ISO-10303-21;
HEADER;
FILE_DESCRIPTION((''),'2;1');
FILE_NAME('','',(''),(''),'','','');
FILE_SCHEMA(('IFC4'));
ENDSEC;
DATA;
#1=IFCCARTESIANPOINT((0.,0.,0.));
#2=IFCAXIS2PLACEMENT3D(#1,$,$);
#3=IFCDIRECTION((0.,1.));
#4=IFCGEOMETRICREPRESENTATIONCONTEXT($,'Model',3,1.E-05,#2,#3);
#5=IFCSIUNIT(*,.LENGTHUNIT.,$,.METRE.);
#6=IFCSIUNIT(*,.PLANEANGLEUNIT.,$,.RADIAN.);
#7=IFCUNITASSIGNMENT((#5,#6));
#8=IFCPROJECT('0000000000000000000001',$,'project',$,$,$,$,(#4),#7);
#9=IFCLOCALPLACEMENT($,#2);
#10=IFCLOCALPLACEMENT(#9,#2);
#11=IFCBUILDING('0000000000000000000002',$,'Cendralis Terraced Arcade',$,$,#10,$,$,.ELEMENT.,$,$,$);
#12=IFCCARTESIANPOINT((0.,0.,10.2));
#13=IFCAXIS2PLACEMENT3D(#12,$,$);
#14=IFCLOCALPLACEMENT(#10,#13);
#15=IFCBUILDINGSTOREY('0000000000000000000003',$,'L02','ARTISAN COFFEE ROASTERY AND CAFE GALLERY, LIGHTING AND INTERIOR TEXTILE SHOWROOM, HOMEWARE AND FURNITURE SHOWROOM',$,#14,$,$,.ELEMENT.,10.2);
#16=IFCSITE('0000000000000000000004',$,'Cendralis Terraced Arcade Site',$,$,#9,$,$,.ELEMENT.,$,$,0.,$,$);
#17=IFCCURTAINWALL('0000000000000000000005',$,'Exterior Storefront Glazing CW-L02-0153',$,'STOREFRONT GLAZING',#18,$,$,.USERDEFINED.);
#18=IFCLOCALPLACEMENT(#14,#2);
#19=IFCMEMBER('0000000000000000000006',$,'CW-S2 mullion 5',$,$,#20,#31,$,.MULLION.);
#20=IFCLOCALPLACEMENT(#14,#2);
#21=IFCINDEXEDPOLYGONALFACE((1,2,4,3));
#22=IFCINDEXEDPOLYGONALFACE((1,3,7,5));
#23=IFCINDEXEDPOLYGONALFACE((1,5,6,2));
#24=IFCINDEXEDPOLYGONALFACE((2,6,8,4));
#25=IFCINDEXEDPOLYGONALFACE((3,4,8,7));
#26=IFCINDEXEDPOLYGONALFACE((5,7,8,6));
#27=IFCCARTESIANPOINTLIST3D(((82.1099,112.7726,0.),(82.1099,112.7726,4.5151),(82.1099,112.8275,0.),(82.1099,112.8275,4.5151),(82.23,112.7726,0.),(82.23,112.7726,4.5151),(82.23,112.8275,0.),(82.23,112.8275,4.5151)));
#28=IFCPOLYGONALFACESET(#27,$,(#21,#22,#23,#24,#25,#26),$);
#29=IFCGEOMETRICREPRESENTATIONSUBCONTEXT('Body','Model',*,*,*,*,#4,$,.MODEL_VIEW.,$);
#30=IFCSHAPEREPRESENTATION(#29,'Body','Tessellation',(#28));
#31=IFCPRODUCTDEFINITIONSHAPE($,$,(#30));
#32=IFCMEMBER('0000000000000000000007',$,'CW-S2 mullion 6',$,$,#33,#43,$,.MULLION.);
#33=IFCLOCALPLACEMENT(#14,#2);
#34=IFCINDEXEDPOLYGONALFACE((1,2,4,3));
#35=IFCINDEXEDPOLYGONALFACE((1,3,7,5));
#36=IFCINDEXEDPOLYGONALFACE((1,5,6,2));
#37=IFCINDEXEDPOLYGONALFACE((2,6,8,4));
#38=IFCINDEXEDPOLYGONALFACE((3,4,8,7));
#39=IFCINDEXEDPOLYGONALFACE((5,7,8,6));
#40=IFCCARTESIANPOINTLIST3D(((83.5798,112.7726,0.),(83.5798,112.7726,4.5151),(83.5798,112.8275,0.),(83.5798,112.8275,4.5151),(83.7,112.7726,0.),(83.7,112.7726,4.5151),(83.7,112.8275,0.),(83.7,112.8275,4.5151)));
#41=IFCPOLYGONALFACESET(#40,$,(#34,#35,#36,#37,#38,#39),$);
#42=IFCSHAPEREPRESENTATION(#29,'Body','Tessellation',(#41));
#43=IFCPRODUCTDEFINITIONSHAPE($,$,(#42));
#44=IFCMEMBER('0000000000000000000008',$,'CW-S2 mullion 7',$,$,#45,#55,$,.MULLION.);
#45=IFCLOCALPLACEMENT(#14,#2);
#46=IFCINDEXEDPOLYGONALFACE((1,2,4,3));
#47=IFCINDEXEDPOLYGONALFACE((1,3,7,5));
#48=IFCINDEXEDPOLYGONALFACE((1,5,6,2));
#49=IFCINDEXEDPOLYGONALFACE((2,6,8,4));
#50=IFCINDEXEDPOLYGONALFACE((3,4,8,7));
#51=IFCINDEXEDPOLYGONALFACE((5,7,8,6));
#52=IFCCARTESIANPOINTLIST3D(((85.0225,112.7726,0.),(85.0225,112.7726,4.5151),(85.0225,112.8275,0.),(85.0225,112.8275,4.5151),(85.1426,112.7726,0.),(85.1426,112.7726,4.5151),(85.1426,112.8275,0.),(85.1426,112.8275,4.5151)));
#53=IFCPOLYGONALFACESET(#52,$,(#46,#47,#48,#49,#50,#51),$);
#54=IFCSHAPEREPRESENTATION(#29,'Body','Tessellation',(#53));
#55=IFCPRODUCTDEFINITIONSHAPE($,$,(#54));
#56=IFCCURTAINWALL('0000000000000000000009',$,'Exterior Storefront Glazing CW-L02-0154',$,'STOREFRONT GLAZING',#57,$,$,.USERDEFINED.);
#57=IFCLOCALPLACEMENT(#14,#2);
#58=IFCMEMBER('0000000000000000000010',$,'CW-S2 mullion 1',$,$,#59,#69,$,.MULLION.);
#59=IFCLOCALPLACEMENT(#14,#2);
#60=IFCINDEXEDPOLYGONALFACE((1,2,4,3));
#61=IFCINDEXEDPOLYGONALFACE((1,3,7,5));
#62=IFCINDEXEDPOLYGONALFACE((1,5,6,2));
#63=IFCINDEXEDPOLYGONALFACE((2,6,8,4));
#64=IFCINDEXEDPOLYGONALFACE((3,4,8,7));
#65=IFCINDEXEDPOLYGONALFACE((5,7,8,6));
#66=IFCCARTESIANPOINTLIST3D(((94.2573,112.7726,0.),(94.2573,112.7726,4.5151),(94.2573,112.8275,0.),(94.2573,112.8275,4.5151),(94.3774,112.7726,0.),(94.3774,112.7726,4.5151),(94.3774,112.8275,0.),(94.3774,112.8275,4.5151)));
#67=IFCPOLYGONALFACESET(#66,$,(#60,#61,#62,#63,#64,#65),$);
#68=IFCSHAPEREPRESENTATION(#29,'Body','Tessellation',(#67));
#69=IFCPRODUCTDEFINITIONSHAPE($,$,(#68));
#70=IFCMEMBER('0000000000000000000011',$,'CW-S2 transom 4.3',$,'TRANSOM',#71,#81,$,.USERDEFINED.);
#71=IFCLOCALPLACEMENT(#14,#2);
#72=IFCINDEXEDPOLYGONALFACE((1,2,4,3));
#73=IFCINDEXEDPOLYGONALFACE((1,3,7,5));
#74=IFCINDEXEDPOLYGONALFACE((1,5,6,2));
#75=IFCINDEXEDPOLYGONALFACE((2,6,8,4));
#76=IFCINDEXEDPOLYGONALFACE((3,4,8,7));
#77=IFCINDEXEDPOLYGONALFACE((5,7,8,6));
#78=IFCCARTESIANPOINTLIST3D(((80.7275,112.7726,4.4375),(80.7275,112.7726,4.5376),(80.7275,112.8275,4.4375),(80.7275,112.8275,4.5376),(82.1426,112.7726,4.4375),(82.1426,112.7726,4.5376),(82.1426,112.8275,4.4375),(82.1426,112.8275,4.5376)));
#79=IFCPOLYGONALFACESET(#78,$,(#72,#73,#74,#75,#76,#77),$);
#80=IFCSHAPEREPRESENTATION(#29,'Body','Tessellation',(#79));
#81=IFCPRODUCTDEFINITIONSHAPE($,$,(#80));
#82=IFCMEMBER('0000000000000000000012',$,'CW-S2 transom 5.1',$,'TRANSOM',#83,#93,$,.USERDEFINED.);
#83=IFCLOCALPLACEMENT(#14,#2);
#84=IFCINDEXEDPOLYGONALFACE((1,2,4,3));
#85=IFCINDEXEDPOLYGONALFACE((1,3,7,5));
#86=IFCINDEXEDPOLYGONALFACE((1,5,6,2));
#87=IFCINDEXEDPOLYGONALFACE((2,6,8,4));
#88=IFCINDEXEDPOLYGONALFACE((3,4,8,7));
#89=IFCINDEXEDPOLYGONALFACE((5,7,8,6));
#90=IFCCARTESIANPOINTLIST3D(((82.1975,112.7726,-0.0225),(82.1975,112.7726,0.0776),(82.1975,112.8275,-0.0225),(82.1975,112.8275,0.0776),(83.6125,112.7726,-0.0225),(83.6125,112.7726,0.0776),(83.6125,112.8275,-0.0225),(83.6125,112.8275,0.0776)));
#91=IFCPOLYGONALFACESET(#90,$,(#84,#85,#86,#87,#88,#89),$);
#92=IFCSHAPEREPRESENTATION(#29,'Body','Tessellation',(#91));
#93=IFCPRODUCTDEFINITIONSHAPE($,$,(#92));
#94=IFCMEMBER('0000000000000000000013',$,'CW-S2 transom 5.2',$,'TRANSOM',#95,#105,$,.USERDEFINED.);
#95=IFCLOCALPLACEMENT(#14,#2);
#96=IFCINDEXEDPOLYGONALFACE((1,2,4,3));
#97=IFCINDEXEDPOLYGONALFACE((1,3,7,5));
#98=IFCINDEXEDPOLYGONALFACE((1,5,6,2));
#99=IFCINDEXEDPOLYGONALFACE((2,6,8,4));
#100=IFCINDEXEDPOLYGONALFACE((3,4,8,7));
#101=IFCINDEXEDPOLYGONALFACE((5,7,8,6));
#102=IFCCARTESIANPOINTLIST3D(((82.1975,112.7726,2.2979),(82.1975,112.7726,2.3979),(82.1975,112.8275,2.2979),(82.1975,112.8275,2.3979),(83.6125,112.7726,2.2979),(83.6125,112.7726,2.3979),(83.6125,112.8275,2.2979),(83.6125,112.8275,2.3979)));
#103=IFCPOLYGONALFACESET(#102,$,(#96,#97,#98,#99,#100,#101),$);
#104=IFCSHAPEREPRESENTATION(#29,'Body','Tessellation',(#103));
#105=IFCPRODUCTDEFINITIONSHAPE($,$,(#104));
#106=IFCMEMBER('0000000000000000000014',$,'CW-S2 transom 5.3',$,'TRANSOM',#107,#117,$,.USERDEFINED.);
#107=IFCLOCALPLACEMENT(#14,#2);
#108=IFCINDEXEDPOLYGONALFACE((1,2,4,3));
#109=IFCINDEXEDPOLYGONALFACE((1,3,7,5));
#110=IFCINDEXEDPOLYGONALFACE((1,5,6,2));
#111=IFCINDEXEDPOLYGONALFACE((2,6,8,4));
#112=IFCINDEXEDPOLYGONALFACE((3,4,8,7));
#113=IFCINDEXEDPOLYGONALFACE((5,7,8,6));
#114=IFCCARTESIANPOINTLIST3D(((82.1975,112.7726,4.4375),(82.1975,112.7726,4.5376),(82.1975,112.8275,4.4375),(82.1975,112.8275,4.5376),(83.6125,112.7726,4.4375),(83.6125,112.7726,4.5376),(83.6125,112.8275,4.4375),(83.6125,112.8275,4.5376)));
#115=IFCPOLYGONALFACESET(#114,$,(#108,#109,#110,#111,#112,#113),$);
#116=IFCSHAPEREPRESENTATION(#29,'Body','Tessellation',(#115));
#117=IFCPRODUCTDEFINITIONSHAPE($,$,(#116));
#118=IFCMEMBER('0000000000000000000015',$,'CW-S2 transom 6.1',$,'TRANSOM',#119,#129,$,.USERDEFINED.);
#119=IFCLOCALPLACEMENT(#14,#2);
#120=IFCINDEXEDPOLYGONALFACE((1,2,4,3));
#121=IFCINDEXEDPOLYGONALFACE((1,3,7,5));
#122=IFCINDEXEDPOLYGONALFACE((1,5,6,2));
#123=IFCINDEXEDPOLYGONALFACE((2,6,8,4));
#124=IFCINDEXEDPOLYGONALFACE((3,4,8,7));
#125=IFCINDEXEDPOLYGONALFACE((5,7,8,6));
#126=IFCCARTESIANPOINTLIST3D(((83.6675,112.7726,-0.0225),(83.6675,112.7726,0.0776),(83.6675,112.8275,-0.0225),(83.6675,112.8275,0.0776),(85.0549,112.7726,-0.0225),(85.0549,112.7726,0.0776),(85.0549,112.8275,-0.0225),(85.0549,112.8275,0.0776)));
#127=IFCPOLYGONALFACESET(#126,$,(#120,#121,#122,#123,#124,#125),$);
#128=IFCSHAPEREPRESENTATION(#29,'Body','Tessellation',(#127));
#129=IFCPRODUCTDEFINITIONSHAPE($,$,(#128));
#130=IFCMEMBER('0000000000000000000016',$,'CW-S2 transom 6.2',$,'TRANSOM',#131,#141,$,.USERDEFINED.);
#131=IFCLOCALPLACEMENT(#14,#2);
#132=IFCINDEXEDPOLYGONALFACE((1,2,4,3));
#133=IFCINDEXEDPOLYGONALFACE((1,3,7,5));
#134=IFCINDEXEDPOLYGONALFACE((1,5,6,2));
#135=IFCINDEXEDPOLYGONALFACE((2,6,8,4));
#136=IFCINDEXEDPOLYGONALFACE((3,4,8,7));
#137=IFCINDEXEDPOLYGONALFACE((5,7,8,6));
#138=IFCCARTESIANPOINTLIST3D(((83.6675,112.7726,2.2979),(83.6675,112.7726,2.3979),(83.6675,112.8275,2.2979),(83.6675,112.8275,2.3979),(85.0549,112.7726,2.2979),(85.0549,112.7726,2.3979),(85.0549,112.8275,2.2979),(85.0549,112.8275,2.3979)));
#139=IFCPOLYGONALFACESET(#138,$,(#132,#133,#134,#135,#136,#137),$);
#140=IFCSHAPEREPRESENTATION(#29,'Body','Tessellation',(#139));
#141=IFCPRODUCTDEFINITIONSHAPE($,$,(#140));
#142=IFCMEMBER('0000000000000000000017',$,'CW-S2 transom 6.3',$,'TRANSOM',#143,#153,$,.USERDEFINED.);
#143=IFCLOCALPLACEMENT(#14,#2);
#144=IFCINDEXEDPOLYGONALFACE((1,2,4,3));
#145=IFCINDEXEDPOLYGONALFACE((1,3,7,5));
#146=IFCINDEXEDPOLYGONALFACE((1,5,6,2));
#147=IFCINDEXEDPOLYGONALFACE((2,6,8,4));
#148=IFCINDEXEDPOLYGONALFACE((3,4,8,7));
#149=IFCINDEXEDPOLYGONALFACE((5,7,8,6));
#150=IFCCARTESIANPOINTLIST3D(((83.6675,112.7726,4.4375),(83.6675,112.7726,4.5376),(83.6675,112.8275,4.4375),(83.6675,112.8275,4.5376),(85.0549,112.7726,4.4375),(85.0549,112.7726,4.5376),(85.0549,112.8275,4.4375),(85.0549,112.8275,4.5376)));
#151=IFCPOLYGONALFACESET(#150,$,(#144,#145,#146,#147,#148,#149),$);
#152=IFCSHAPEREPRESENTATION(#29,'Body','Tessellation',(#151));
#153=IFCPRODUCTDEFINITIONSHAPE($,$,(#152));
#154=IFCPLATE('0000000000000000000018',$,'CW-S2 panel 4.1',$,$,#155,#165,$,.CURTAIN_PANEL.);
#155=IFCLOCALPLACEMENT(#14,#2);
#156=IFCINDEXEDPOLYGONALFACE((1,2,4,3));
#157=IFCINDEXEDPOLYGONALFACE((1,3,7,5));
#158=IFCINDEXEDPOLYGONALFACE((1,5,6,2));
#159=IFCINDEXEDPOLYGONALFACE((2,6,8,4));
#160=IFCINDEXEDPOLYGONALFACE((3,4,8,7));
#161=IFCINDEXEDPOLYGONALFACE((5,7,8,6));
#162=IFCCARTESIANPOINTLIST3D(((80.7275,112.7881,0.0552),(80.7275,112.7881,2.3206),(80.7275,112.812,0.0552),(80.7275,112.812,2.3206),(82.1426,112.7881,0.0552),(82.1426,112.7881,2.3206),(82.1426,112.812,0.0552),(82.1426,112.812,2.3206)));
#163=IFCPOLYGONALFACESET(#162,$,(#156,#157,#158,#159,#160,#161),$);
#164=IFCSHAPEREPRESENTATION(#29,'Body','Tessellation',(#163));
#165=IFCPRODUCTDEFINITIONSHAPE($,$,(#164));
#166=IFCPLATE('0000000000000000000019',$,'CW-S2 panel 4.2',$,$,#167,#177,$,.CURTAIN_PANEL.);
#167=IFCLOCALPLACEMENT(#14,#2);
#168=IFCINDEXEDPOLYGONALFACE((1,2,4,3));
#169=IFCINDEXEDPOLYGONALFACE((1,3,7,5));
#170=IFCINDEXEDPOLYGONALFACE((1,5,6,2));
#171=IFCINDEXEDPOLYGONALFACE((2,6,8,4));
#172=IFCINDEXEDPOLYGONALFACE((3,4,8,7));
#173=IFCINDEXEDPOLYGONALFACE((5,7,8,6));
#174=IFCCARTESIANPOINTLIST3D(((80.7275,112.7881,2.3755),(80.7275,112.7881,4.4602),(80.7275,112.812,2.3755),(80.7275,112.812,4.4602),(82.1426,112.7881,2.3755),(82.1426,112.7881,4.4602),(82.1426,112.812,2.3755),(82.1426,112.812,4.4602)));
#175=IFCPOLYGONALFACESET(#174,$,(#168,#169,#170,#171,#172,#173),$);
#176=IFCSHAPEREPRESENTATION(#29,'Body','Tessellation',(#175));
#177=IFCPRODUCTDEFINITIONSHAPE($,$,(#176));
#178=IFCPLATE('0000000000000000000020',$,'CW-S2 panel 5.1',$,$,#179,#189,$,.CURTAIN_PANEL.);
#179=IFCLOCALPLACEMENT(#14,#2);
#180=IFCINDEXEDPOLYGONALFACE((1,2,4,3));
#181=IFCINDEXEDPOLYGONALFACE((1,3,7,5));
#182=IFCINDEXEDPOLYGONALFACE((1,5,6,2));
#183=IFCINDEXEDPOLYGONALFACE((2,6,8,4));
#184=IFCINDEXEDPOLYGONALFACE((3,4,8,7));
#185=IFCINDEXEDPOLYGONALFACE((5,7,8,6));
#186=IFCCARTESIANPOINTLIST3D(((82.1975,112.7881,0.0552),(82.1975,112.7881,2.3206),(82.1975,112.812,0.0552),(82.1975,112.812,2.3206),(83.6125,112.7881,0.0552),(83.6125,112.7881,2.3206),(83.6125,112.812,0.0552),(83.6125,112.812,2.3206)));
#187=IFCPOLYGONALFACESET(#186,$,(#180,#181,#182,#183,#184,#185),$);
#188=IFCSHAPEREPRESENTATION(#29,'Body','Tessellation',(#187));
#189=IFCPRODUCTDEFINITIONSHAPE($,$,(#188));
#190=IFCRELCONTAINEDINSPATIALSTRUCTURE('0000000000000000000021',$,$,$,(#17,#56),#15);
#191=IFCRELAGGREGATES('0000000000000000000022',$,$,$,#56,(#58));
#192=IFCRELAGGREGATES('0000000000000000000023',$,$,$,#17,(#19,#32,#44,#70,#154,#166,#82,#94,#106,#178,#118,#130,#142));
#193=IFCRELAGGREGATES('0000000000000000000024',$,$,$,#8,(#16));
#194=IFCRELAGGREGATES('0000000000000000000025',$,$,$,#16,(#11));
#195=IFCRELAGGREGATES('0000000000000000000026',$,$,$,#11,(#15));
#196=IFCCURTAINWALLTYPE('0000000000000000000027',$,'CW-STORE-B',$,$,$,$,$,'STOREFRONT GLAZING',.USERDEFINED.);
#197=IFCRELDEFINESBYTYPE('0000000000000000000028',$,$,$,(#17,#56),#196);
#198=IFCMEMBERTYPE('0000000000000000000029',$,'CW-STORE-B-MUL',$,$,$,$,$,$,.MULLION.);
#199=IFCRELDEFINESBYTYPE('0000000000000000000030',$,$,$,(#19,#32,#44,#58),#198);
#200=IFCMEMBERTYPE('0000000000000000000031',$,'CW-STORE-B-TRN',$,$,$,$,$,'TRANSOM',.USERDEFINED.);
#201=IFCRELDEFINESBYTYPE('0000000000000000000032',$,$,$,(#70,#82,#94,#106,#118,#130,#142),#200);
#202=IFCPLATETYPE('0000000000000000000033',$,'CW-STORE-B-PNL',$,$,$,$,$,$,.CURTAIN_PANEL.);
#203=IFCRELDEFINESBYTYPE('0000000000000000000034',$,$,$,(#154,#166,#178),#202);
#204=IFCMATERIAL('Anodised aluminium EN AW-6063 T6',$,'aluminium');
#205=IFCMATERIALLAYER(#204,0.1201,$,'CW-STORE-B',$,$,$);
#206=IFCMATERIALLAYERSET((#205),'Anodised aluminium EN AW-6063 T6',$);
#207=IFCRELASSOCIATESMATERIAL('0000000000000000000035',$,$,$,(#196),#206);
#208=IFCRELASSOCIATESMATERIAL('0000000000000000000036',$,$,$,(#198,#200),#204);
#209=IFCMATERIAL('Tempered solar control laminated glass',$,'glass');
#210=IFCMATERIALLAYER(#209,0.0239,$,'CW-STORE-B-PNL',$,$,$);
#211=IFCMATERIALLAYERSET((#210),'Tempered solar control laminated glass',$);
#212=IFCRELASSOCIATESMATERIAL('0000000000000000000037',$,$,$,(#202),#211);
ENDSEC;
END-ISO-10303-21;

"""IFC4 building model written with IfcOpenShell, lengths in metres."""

from ifc_helpers import new_model, si_unit, direction, frame, origin, origin_2d, place, context, subcontext, project, spatial, rectangle, extrude, material, layer, layer_set, material_profile, profile_set, type_object, element, aggregate, save


model = new_model("IFC4")

# Units and contexts
model_context = context("Model", 3, precision=1e-05, world=origin(), true_north=direction((0.0, 1.0)))
body_context = subcontext(model_context, "Body", "Model", "MODEL_VIEW")
ifc_project = project(units=[si_unit("LENGTHUNIT", "METRE"), si_unit("PLANEANGLEUNIT", "RADIAN")], contexts=[model_context])

# Site, building, storey
site_placement = place(None, origin())
site = spatial("IfcSite", under=ifc_project, at=site_placement, Name="Cendralis Terraced Arcade Site", CompositionType="ELEMENT", RefElevation=0.0)
building_placement = place(site_placement, origin())
building = spatial("IfcBuilding", under=site, at=building_placement, Name="Cendralis Terraced Arcade", CompositionType="ELEMENT")
storey_placement = place(building_placement, frame((0.0, 0.0, 10.2)))
storey = spatial("IfcBuildingStorey", under=building, at=storey_placement, Name="L02", Description="ARTISAN COFFEE ROASTERY AND CAFE GALLERY, LIGHTING AND INTERIOR TEXTILE SHOWROOM, HOMEWARE AND FURNITURE SHOWROOM", CompositionType="ELEMENT", Elevation=10.2)

# Curtain wall, members
ifc_material_1 = material(Name="Anodised aluminium EN AW-6063 T6", Category="aluminium")
ifc_layer_1 = layer(ifc_material_1, 0.1201, Name="CW-STORE-B")
ifc_layer_set_1 = layer_set([ifc_layer_1], Name="Anodised aluminium EN AW-6063 T6")
curtain_wall_type = type_object("IfcCurtainWallType", Name="CW-STORE-B", ElementType="STOREFRONT GLAZING", PredefinedType="USERDEFINED", material=ifc_layer_set_1)
curtain_wall_1_placement = place(storey_placement, origin())
curtain_wall_1 = element("IfcCurtainWall", 1, at=curtain_wall_1_placement, inside=storey, type_object=curtain_wall_type, Name="Exterior Storefront Glazing CW-L02-0153", ObjectType="STOREFRONT GLAZING", PredefinedType="USERDEFINED")
ifc_material_profile_1 = material_profile(ifc_material_1, rectangle(XDim=0.0549, YDim=0.1201, at=origin_2d()), Name="ALU-MUL-55x120")
ifc_profile_set_1 = profile_set([ifc_material_profile_1], Name="Anodised aluminium EN AW-6063 T6")
member_type_1 = type_object("IfcMemberType", Name="CW-STORE-B-MUL", PredefinedType="MULLION", material=ifc_profile_set_1)
member_1_placement = place(storey_placement, frame((82.1699, 112.8, 0.0), z_axis=(0.0, 0.0, 1.0), x_axis=(0.0, 1.0, 0.0)))
member_1 = element("IfcMember", 2, at=member_1_placement, type_object=member_type_1, Name="CW-S2 mullion 5", PredefinedType="MULLION", context=body_context, shape_type="SweptSolid", body=[
    extrude(rectangle(XDim=0.0549, YDim=0.1201, at=origin_2d()), origin(), (0.0, 0.0, 1.0), 4.5151),
])
member_2_placement = place(storey_placement, frame((83.6399, 112.8, 0.0), z_axis=(0.0, 0.0, 1.0), x_axis=(0.0, 1.0, 0.0)))
member_2 = element("IfcMember", 3, at=member_2_placement, type_object=member_type_1, Name="CW-S2 mullion 6", PredefinedType="MULLION", context=body_context, shape_type="SweptSolid", body=[
    extrude(rectangle(XDim=0.0549, YDim=0.1201, at=origin_2d()), origin(), (0.0, 0.0, 1.0), 4.5151),
])
member_3_placement = place(storey_placement, frame((85.0825, 112.8, 0.0), z_axis=(0.0, 0.0, 1.0), x_axis=(0.0, 1.0, 0.0)))
member_3 = element("IfcMember", 4, at=member_3_placement, type_object=member_type_1, Name="CW-S2 mullion 7", PredefinedType="MULLION", context=body_context, shape_type="SweptSolid", body=[
    extrude(rectangle(XDim=0.0549, YDim=0.1201, at=origin_2d()), origin(), (0.0, 0.0, 1.0), 4.5151),
])

# Curtain wall, member
curtain_wall_2_placement = place(storey_placement, origin())
curtain_wall_2 = element("IfcCurtainWall", 5, at=curtain_wall_2_placement, inside=storey, type_object=curtain_wall_type, Name="Exterior Storefront Glazing CW-L02-0154", ObjectType="STOREFRONT GLAZING", PredefinedType="USERDEFINED")
member_4_placement = place(storey_placement, frame((94.3174, 112.8, 0.0), z_axis=(0.0, 0.0, 1.0), x_axis=(0.0, 1.0, 0.0)))
member_4 = element("IfcMember", 6, at=member_4_placement, type_object=member_type_1, Name="CW-S2 mullion 1", PredefinedType="MULLION", context=body_context, shape_type="SweptSolid", body=[
    extrude(rectangle(XDim=0.0549, YDim=0.1201, at=origin_2d()), origin(), (0.0, 0.0, 1.0), 4.5151),
])
aggregate(curtain_wall_2, [member_4])

# Members
ifc_material_profile_2 = material_profile(ifc_material_1, rectangle(XDim=0.0549, YDim=0.1001, at=origin_2d()), Name="ALU-TRN-55x100")
ifc_profile_set_2 = profile_set([ifc_material_profile_2], Name="Anodised aluminium EN AW-6063 T6")
member_type_2 = type_object("IfcMemberType", Name="CW-STORE-B-TRN", ElementType="TRANSOM", PredefinedType="USERDEFINED", material=ifc_profile_set_2)
member_5_placement = place(storey_placement, frame((80.7275, 112.8, 4.4875), z_axis=(1.0, 0.0, 0.0), x_axis=(0.0, 1.0, 0.0)))
member_5 = element("IfcMember", 7, at=member_5_placement, type_object=member_type_2, Name="CW-S2 transom 4.3", ObjectType="TRANSOM", PredefinedType="USERDEFINED", context=body_context, shape_type="SweptSolid", body=[
    extrude(rectangle(XDim=0.0549, YDim=0.1001, at=origin_2d()), origin(), (0.0, 0.0, 1.0), 1.415),
])
member_6_placement = place(storey_placement, frame((82.1975, 112.8, 0.0276), z_axis=(1.0, 0.0, 0.0), x_axis=(0.0, 1.0, 0.0)))
member_6 = element("IfcMember", 8, at=member_6_placement, type_object=member_type_2, Name="CW-S2 transom 5.1", ObjectType="TRANSOM", PredefinedType="USERDEFINED", context=body_context, shape_type="SweptSolid", body=[
    extrude(rectangle(XDim=0.0549, YDim=0.1001, at=origin_2d()), origin(), (0.0, 0.0, 1.0), 1.415),
])
member_7_placement = place(storey_placement, frame((82.1975, 112.8, 2.3479), z_axis=(1.0, 0.0, 0.0), x_axis=(0.0, 1.0, 0.0)))
member_7 = element("IfcMember", 9, at=member_7_placement, type_object=member_type_2, Name="CW-S2 transom 5.2", ObjectType="TRANSOM", PredefinedType="USERDEFINED", context=body_context, shape_type="SweptSolid", body=[
    extrude(rectangle(XDim=0.0549, YDim=0.1001, at=origin_2d()), origin(), (0.0, 0.0, 1.0), 1.415),
])
member_8_placement = place(storey_placement, frame((82.1975, 112.8, 4.4875), z_axis=(1.0, 0.0, 0.0), x_axis=(0.0, 1.0, 0.0)))
member_8 = element("IfcMember", 10, at=member_8_placement, type_object=member_type_2, Name="CW-S2 transom 5.3", ObjectType="TRANSOM", PredefinedType="USERDEFINED", context=body_context, shape_type="SweptSolid", body=[
    extrude(rectangle(XDim=0.0549, YDim=0.1001, at=origin_2d()), origin(), (0.0, 0.0, 1.0), 1.415),
])
member_9_placement = place(storey_placement, frame((83.6675, 112.8, 0.0276), z_axis=(1.0, 0.0, 0.0), x_axis=(0.0, 1.0, 0.0)))
member_9 = element("IfcMember", 11, at=member_9_placement, type_object=member_type_2, Name="CW-S2 transom 6.1", ObjectType="TRANSOM", PredefinedType="USERDEFINED", context=body_context, shape_type="SweptSolid", body=[
    extrude(rectangle(XDim=0.0549, YDim=0.1001, at=origin_2d()), origin(), (0.0, 0.0, 1.0), 1.3875),
])
member_10_placement = place(storey_placement, frame((83.6675, 112.8, 2.3479), z_axis=(1.0, 0.0, 0.0), x_axis=(0.0, 1.0, 0.0)))
member_10 = element("IfcMember", 12, at=member_10_placement, type_object=member_type_2, Name="CW-S2 transom 6.2", ObjectType="TRANSOM", PredefinedType="USERDEFINED", context=body_context, shape_type="SweptSolid", body=[
    extrude(rectangle(XDim=0.0549, YDim=0.1001, at=origin_2d()), origin(), (0.0, 0.0, 1.0), 1.3875),
])
member_11_placement = place(storey_placement, frame((83.6675, 112.8, 4.4875), z_axis=(1.0, 0.0, 0.0), x_axis=(0.0, 1.0, 0.0)))
member_11 = element("IfcMember", 13, at=member_11_placement, type_object=member_type_2, Name="CW-S2 transom 6.3", ObjectType="TRANSOM", PredefinedType="USERDEFINED", context=body_context, shape_type="SweptSolid", body=[
    extrude(rectangle(XDim=0.0549, YDim=0.1001, at=origin_2d()), origin(), (0.0, 0.0, 1.0), 1.3875),
])

# Plates
ifc_material_2 = material(Name="Tempered solar control laminated glass", Category="glass")
ifc_layer_2 = layer(ifc_material_2, 0.0239, Name="CW-STORE-B-PNL")
ifc_layer_set_2 = layer_set([ifc_layer_2], Name="Tempered solar control laminated glass")
plate_type = type_object("IfcPlateType", Name="CW-STORE-B-PNL", PredefinedType="CURTAIN_PANEL", material=ifc_layer_set_2)
plate_1_placement = place(storey_placement, frame((81.4351, 112.8, 0.0552), z_axis=(0.0, 0.0, 1.0), x_axis=(1.0, 0.0, 0.0)))
plate_1 = element("IfcPlate", 14, at=plate_1_placement, type_object=plate_type, Name="CW-S2 panel 4.1", PredefinedType="CURTAIN_PANEL", context=body_context, shape_type="SweptSolid", body=[
    extrude(rectangle(XDim=1.415, YDim=0.0239, at=origin_2d()), origin(), (0.0, 0.0, 1.0), 2.2654),
])
plate_2_placement = place(storey_placement, frame((81.4351, 112.8, 2.3755), z_axis=(0.0, 0.0, 1.0), x_axis=(1.0, 0.0, 0.0)))
plate_2 = element("IfcPlate", 15, at=plate_2_placement, type_object=plate_type, Name="CW-S2 panel 4.2", PredefinedType="CURTAIN_PANEL", context=body_context, shape_type="SweptSolid", body=[
    extrude(rectangle(XDim=1.415, YDim=0.0239, at=origin_2d()), origin(), (0.0, 0.0, 1.0), 2.0847),
])
plate_3_placement = place(storey_placement, frame((82.905, 112.8, 0.0552), z_axis=(0.0, 0.0, 1.0), x_axis=(1.0, 0.0, 0.0)))
plate_3 = element("IfcPlate", 16, at=plate_3_placement, type_object=plate_type, Name="CW-S2 panel 5.1", PredefinedType="CURTAIN_PANEL", context=body_context, shape_type="SweptSolid", body=[
    extrude(rectangle(XDim=1.415, YDim=0.0239, at=origin_2d()), origin(), (0.0, 0.0, 1.0), 2.2654),
])
aggregate(curtain_wall_1, [member_1, member_2, member_3, member_5, plate_1, plate_2, member_6, member_7, member_8, plate_3, member_9, member_10, member_11])

save(model, "model.ifc")
